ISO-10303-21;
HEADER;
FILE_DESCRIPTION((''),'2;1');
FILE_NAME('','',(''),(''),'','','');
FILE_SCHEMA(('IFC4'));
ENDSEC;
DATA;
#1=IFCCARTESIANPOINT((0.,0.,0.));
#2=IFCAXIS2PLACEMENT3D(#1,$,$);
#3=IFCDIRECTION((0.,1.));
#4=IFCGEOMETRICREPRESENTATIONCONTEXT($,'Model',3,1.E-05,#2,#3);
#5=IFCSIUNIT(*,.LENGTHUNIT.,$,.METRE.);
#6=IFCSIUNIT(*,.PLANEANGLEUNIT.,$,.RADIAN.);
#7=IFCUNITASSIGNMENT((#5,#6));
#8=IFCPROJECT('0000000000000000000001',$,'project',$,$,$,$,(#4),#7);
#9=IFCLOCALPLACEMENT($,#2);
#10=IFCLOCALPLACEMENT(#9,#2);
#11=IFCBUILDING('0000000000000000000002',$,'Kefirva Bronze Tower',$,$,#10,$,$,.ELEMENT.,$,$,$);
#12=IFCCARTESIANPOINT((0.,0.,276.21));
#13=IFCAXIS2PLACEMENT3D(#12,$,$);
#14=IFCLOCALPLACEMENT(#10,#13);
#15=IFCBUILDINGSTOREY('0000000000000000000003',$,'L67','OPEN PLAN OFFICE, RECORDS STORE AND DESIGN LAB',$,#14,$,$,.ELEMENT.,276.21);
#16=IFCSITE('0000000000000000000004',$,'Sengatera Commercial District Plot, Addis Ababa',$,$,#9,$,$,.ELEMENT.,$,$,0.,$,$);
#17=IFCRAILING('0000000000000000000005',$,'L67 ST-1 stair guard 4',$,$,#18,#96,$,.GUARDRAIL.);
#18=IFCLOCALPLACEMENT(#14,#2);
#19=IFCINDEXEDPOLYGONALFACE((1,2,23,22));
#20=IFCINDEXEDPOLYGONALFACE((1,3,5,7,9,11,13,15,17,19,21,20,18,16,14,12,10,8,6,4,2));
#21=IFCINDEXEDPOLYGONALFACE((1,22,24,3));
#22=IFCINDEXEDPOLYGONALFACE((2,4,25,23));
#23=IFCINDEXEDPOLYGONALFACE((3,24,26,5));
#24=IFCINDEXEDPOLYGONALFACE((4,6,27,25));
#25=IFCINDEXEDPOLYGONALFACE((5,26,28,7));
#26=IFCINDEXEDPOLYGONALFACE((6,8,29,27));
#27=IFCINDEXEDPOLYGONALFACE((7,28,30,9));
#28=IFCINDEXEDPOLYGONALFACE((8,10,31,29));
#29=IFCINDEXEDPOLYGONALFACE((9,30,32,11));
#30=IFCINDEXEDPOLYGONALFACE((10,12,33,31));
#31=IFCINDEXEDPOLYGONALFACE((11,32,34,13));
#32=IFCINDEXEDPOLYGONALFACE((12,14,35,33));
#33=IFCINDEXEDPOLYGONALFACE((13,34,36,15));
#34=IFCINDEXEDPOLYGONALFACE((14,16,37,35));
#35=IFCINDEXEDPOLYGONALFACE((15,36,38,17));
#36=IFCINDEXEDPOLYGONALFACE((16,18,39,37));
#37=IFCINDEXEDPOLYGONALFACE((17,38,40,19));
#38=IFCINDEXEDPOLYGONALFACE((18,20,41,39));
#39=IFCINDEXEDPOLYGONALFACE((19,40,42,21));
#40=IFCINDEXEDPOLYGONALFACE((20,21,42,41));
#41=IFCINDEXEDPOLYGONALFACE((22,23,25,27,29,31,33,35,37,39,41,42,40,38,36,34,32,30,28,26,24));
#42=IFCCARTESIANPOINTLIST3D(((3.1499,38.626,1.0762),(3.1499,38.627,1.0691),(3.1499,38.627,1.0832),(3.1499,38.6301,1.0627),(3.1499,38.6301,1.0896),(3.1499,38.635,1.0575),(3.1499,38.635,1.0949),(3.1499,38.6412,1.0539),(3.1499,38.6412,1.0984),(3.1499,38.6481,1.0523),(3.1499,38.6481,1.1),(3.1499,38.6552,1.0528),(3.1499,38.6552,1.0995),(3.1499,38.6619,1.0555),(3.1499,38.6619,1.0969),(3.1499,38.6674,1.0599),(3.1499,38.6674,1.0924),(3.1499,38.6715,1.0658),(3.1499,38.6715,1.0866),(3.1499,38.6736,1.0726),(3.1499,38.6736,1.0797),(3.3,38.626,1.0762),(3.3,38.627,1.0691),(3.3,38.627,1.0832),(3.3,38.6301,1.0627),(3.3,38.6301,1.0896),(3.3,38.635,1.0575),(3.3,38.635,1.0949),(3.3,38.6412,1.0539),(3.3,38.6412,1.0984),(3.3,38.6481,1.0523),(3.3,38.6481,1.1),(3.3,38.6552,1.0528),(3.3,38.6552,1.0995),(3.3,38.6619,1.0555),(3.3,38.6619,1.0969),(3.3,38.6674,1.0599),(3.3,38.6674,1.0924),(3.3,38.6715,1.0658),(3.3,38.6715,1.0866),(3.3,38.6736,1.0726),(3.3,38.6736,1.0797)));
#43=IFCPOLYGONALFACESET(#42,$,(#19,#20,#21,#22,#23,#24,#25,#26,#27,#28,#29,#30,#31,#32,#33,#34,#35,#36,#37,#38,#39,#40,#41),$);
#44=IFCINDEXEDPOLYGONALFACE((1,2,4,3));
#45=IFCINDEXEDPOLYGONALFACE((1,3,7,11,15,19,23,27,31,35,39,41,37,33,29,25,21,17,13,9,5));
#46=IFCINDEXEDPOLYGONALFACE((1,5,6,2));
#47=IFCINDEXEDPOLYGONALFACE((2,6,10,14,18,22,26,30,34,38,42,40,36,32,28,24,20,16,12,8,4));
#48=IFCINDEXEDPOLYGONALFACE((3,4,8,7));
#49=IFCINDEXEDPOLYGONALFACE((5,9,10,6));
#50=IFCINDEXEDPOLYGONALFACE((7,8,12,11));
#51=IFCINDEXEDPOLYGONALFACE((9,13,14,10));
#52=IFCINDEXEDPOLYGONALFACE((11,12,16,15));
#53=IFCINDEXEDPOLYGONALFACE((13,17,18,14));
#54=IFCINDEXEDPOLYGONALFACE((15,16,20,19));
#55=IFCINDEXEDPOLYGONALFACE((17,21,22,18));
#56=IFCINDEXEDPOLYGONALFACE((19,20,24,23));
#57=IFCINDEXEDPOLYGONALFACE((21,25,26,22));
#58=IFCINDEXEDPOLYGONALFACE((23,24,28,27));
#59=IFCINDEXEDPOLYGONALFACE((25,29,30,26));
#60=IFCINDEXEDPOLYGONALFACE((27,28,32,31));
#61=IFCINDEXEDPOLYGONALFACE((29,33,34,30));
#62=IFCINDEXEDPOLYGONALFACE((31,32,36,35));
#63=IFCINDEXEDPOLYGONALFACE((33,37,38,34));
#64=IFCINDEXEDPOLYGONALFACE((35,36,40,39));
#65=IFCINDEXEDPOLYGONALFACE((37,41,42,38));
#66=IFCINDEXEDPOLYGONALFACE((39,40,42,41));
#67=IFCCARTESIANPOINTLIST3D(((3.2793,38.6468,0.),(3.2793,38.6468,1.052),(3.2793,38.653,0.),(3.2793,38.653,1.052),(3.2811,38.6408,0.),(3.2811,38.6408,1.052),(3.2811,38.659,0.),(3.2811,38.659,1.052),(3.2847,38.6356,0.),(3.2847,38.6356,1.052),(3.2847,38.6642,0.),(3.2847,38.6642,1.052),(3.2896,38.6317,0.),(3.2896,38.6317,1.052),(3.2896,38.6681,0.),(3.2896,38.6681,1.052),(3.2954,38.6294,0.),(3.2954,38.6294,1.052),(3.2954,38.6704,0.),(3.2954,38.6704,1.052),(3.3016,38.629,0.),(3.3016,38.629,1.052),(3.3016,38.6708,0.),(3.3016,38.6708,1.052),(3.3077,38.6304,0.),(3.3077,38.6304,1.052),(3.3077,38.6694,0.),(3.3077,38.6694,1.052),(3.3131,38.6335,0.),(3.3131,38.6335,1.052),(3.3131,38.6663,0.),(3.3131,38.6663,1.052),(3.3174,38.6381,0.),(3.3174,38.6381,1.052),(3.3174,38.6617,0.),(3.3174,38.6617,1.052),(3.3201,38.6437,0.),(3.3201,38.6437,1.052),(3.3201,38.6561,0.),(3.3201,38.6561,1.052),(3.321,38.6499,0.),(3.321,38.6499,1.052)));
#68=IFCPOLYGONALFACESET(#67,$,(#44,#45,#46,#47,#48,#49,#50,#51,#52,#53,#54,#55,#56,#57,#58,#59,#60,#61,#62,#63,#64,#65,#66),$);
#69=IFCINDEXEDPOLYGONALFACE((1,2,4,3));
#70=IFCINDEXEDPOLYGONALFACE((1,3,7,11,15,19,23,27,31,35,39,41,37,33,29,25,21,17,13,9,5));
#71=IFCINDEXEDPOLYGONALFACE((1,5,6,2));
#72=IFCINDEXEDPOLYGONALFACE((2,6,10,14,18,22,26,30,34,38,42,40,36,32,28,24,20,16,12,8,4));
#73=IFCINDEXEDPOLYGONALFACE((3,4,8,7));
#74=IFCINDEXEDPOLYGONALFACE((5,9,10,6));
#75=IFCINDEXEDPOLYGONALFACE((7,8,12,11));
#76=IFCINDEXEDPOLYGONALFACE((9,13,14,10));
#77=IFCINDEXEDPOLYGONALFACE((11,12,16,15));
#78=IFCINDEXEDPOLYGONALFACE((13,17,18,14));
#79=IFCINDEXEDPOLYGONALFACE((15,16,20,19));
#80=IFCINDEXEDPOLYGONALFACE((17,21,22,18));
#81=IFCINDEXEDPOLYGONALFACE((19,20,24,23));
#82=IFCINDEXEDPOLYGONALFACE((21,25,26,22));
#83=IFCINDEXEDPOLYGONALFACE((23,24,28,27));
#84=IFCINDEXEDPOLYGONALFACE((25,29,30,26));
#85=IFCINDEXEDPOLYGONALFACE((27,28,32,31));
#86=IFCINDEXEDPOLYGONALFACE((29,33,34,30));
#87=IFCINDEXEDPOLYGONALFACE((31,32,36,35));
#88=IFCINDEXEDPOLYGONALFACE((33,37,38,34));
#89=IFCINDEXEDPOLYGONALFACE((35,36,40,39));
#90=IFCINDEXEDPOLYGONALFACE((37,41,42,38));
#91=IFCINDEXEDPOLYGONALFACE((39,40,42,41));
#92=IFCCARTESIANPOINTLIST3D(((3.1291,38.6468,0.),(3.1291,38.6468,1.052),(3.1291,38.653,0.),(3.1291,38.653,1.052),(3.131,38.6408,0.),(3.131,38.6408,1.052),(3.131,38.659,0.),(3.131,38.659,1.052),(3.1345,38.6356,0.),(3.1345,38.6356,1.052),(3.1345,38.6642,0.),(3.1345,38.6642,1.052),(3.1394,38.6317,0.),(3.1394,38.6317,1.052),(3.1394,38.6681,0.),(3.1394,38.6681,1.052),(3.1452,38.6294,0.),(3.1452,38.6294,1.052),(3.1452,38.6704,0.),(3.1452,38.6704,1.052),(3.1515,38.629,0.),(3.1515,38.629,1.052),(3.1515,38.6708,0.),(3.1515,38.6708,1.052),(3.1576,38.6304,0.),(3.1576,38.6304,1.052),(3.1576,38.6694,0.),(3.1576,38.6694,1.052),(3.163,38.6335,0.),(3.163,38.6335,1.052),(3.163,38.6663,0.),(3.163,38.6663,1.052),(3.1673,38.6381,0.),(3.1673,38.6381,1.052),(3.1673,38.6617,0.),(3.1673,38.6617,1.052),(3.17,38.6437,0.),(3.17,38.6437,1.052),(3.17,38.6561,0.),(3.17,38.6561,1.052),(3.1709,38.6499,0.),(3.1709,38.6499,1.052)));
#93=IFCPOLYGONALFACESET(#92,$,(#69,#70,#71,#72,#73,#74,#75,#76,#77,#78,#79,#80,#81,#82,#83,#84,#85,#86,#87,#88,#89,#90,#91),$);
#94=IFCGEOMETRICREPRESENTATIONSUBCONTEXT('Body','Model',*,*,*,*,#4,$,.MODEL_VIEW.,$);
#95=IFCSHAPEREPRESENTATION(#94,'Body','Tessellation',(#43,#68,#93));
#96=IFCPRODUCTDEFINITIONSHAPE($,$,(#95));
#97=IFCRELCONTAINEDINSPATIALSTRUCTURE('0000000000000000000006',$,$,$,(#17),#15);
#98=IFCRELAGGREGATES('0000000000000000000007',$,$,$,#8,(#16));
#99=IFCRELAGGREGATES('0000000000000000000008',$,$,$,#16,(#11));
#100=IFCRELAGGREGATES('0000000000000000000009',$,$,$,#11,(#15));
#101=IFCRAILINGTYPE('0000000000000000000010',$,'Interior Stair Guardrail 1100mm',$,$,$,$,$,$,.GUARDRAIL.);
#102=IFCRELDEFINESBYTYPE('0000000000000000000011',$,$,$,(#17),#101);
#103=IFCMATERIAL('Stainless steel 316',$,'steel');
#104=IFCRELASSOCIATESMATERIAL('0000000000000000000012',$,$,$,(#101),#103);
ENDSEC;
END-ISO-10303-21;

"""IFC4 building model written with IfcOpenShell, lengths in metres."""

from ifc_helpers import new_model, si_unit, direction, frame, origin, origin_2d, place, context, subcontext, project, spatial, circle, extrude, material, type_object, element, save


model = new_model("IFC4")

# Units and contexts
model_context = context("Model", 3, precision=1e-05, world=origin(), true_north=direction((0.0, 1.0)))
body_context = subcontext(model_context, "Body", "Model", "MODEL_VIEW")
ifc_project = project(units=[si_unit("LENGTHUNIT", "METRE"), si_unit("PLANEANGLEUNIT", "RADIAN")], contexts=[model_context])

# Site, building, storey
site_placement = place(None, origin())
site = spatial("IfcSite", under=ifc_project, at=site_placement, Name="Sengatera Commercial District Plot, Addis Ababa", CompositionType="ELEMENT", RefElevation=0.0)
building_placement = place(site_placement, origin())
building = spatial("IfcBuilding", under=site, at=building_placement, Name="Kefirva Bronze Tower", CompositionType="ELEMENT")
storey_placement = place(building_placement, frame((0.0, 0.0, 276.21)))
storey = spatial("IfcBuildingStorey", under=building, at=storey_placement, Name="L67", Description="OPEN PLAN OFFICE, RECORDS STORE AND DESIGN LAB", CompositionType="ELEMENT", Elevation=276.21)

# Railing
ifc_material_1 = material(Name="Stainless steel 316", Category="steel")
railing_type_1 = type_object("IfcRailingType", Name="Interior Stair Guardrail 1100mm", PredefinedType="GUARDRAIL", material=ifc_material_1)
railing_1_placement = place(storey_placement, frame((3.3, 38.6499, 0.0)))
element("IfcRailing", 1, at=railing_1_placement, inside=storey, type_object=railing_type_1, Name="L67 ST-1 stair guard 4", PredefinedType="GUARDRAIL", context=body_context, shape_type="SweptSolid", body=[
    extrude(circle(Radius=0.0239, at=origin_2d()), frame((0.0, 0.0, 1.0762), z_axis=(-1.0, 0.0, 0.0), x_axis=(0.0, -1.0, 0.0)), (0.0, 0.0, 1.0), 0.1501),
    extrude(circle(Radius=0.021, at=origin_2d()), origin(), (0.0, 0.0, 1.0), 1.052),
    extrude(circle(Radius=0.021, at=origin_2d()), frame((-0.1501, 0.0, 0.0)), (0.0, 0.0, 1.0), 1.052),
])

save(model, "model.ifc")
